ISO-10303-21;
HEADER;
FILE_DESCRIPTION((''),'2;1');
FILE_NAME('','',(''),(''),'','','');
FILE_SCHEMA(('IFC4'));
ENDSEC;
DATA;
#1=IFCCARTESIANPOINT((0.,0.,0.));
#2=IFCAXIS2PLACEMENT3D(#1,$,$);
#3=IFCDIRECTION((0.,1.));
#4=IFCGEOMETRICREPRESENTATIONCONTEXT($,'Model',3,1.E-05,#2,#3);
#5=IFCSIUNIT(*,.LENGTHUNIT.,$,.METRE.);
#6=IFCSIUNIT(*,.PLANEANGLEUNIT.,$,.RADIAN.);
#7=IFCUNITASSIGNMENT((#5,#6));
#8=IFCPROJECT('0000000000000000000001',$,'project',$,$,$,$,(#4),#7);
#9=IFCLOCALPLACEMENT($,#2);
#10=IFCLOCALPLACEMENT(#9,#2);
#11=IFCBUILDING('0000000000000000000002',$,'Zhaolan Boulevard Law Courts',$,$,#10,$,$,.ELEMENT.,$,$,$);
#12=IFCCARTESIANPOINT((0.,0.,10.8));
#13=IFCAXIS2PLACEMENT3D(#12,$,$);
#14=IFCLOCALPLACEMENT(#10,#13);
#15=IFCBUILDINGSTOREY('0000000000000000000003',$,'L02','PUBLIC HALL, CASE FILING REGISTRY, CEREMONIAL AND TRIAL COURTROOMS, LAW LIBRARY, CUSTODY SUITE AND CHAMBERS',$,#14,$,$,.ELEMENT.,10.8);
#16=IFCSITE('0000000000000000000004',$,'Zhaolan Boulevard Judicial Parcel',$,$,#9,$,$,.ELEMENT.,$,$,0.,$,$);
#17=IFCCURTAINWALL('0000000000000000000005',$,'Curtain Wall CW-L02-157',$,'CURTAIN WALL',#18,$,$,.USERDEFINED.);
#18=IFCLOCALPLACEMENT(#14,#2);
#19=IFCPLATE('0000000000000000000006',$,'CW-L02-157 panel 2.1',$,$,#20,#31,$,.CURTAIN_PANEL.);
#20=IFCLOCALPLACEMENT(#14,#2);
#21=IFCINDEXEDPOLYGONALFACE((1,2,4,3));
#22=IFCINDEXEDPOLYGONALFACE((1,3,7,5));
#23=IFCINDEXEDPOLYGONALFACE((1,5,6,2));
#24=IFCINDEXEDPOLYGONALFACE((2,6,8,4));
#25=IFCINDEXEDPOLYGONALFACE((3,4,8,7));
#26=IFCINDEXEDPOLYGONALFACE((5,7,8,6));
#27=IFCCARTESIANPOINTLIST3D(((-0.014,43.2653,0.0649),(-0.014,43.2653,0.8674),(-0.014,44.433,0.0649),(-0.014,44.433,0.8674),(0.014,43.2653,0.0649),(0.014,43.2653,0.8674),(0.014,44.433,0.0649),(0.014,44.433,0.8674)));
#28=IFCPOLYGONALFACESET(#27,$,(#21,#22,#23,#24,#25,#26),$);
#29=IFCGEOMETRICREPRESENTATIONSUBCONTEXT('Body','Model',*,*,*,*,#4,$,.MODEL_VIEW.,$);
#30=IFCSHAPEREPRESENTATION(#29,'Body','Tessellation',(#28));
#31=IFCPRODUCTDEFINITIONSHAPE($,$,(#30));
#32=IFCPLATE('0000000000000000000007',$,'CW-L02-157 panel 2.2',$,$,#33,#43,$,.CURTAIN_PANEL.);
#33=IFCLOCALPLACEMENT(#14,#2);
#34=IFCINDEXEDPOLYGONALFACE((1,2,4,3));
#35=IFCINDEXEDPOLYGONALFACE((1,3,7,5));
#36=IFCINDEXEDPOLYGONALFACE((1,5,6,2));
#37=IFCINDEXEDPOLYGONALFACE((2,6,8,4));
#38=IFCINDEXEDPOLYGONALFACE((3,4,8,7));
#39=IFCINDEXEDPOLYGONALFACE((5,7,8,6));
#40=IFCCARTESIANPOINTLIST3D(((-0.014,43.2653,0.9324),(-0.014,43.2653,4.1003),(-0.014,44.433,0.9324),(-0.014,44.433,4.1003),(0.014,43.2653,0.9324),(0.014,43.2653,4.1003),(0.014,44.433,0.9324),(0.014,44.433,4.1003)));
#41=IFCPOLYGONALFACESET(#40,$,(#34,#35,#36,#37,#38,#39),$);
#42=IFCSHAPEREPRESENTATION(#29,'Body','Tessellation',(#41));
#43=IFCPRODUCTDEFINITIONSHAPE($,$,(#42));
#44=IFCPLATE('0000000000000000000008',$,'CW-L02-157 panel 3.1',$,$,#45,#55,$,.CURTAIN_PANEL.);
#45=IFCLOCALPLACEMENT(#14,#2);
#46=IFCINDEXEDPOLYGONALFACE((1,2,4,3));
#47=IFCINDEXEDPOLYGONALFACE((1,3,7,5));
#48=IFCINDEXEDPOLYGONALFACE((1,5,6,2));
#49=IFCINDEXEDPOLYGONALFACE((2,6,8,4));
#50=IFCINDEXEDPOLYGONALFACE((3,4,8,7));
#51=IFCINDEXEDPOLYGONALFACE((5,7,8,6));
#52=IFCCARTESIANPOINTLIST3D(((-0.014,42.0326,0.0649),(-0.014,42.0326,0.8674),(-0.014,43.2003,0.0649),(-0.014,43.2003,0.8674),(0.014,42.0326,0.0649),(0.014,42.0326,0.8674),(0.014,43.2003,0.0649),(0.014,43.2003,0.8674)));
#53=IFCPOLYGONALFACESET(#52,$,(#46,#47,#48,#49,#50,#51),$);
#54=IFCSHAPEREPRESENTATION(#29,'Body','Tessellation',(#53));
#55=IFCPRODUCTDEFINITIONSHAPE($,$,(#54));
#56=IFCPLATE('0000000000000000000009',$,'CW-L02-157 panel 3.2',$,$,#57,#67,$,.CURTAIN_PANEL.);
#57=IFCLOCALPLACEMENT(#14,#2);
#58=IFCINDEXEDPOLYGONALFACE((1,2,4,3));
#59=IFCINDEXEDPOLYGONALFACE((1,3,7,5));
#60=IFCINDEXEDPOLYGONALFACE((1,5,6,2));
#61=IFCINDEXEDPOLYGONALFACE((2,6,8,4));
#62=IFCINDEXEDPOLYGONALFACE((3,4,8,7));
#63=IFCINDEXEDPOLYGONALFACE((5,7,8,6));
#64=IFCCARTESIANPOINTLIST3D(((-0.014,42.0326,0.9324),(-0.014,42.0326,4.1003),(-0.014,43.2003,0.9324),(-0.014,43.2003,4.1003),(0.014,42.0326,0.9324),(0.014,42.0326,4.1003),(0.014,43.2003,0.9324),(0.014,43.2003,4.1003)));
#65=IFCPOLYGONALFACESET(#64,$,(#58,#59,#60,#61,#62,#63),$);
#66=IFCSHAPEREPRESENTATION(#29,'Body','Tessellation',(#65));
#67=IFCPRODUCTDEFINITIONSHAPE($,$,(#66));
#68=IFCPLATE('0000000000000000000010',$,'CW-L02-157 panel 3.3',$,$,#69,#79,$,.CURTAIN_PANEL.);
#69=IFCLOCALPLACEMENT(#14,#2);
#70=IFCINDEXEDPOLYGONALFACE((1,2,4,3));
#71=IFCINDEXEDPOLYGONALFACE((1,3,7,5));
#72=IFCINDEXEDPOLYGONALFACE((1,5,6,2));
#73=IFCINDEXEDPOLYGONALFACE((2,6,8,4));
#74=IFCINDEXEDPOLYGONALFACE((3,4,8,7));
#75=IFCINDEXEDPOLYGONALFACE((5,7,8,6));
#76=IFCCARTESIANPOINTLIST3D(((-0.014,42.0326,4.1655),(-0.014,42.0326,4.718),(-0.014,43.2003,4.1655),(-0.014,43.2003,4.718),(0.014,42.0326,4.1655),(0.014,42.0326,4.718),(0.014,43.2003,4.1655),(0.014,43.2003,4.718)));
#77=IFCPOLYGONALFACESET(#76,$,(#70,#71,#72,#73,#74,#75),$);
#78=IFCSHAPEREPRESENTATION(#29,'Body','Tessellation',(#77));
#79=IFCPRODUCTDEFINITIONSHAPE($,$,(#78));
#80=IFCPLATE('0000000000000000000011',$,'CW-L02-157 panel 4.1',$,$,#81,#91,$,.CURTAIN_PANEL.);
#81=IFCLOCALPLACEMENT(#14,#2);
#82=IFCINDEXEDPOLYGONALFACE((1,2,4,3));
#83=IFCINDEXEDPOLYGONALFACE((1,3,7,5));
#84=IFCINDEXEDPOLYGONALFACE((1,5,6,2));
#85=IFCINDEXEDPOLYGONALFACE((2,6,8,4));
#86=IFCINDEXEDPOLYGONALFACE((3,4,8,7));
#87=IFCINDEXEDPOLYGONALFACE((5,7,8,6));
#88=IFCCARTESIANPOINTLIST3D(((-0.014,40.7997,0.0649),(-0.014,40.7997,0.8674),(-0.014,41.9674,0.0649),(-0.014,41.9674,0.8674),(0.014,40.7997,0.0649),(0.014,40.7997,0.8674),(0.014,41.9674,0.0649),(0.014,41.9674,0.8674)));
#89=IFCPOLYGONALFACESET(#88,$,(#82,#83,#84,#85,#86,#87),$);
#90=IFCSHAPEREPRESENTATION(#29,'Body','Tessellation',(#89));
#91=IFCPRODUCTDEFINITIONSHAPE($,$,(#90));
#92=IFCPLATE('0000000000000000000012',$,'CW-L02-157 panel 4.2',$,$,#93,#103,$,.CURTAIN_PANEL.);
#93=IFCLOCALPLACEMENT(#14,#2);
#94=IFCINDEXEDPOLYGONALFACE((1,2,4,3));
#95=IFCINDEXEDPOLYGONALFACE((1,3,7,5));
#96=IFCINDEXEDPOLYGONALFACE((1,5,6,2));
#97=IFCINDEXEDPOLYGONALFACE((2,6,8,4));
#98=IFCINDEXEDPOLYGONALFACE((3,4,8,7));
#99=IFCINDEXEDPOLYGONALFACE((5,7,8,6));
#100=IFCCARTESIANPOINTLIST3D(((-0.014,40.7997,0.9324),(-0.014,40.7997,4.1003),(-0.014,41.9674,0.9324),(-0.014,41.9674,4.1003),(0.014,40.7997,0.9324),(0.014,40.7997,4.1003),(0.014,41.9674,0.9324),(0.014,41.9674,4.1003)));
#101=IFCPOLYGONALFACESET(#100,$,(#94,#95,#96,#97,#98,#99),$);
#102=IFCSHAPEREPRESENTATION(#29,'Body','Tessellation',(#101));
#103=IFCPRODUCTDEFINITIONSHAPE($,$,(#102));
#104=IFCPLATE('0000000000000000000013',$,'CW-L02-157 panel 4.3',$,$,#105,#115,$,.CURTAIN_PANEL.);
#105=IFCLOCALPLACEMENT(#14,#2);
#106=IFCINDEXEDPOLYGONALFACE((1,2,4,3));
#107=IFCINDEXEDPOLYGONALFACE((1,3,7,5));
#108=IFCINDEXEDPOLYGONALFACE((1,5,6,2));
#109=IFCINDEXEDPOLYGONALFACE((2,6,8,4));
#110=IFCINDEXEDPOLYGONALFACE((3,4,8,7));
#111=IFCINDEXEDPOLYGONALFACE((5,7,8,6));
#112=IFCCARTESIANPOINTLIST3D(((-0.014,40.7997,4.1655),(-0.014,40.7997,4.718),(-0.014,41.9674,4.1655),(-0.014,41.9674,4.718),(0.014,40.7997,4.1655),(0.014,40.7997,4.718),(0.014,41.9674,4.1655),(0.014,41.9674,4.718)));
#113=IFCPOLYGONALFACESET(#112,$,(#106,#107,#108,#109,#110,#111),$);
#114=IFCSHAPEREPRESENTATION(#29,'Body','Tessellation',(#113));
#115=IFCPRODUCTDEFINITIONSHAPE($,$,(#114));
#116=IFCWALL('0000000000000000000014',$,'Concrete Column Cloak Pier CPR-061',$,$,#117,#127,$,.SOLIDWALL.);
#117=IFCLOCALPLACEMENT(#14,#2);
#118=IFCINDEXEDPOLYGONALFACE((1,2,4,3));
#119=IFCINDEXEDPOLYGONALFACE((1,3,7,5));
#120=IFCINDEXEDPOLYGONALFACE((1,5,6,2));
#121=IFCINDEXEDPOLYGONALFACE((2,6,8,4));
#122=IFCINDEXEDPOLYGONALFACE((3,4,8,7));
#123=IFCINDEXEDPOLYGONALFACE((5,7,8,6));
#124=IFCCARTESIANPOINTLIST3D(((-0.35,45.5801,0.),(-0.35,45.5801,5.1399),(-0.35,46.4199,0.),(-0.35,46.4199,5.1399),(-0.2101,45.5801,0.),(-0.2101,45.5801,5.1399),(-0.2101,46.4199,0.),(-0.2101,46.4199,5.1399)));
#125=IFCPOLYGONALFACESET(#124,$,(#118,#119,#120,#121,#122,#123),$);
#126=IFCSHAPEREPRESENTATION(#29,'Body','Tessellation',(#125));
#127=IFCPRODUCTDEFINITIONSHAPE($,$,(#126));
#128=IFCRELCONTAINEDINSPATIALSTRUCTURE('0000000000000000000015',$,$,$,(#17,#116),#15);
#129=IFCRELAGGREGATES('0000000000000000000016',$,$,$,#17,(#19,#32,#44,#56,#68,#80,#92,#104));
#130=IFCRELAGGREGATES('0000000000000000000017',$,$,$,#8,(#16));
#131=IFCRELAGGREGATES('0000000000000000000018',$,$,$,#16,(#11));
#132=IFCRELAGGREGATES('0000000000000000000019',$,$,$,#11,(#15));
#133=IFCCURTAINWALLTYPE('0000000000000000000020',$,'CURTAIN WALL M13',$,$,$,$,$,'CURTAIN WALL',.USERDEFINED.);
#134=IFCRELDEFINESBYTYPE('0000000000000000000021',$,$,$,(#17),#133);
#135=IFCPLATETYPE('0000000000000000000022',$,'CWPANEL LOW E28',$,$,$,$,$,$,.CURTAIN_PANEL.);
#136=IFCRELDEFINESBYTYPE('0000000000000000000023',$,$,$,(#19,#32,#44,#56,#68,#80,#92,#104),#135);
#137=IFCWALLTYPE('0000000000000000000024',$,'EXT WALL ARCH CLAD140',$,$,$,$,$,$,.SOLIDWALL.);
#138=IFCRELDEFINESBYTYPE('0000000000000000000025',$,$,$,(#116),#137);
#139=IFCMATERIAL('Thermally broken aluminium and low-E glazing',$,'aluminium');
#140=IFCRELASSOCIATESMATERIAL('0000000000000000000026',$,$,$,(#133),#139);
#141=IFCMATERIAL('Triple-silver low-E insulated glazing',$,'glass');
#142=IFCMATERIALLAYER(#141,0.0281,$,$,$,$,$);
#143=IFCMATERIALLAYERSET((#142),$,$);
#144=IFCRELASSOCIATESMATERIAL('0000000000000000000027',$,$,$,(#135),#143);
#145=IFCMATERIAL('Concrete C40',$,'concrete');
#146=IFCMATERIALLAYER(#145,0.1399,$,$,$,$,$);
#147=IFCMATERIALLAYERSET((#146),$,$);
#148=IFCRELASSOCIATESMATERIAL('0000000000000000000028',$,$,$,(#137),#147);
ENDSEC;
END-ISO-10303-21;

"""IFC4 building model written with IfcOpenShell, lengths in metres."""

from ifc_helpers import new_model, si_unit, direction, frame, frame_2d, origin, origin_2d, place, context, subcontext, project, spatial, rectangle, extrude, material, layer, layer_set, type_object, element, aggregate, save


model = new_model("IFC4")

# Units and contexts
model_context = context("Model", 3, precision=1e-05, world=origin(), true_north=direction((0.0, 1.0)))
body_context = subcontext(model_context, "Body", "Model", "MODEL_VIEW")
ifc_project = project(units=[si_unit("LENGTHUNIT", "METRE"), si_unit("PLANEANGLEUNIT", "RADIAN")], contexts=[model_context])

# Site, building, storey
site_placement = place(None, origin())
site = spatial("IfcSite", under=ifc_project, at=site_placement, Name="Zhaolan Boulevard Judicial Parcel", CompositionType="ELEMENT", RefElevation=0.0)
building_placement = place(site_placement, origin())
building = spatial("IfcBuilding", under=site, at=building_placement, Name="Zhaolan Boulevard Law Courts", CompositionType="ELEMENT")
storey_placement = place(building_placement, frame((0.0, 0.0, 10.8)))
storey = spatial("IfcBuildingStorey", under=building, at=storey_placement, Name="L02", Description="PUBLIC HALL, CASE FILING REGISTRY, CEREMONIAL AND TRIAL COURTROOMS, LAW LIBRARY, CUSTODY SUITE AND CHAMBERS", CompositionType="ELEMENT", Elevation=10.8)

# Curtain wall, plates
ifc_material_1 = material(Name="Thermally broken aluminium and low-E glazing", Category="aluminium")
curtain_wall_type = type_object("IfcCurtainWallType", Name="CURTAIN WALL M13", ElementType="CURTAIN WALL", PredefinedType="USERDEFINED", material=ifc_material_1)
curtain_wall_placement = place(storey_placement, origin())
curtain_wall = element("IfcCurtainWall", 1, at=curtain_wall_placement, inside=storey, type_object=curtain_wall_type, Name="Curtain Wall CW-L02-157", ObjectType="CURTAIN WALL", PredefinedType="USERDEFINED")
ifc_material_2 = material(Name="Triple-silver low-E insulated glazing", Category="glass")
ifc_layer_1 = layer(ifc_material_2, 0.0281)
ifc_layer_set_1 = layer_set([ifc_layer_1])
plate_type = type_object("IfcPlateType", Name="CWPANEL LOW E28", PredefinedType="CURTAIN_PANEL", material=ifc_layer_set_1)
plate_1_placement = place(storey_placement, frame((0.0, 43.8491, 0.0649), z_axis=(0.0, 0.0, 1.0), x_axis=(0.0, -1.0, 0.0)))
plate_1 = element("IfcPlate", 2, at=plate_1_placement, type_object=plate_type, Name="CW-L02-157 panel 2.1", PredefinedType="CURTAIN_PANEL", context=body_context, shape_type="SweptSolid", body=[
    extrude(rectangle(XDim=1.1677, YDim=0.0281, at=origin_2d()), origin(), (0.0, 0.0, 1.0), 0.8025),
])
plate_2_placement = place(storey_placement, frame((0.0, 43.8491, 0.9324), z_axis=(0.0, 0.0, 1.0), x_axis=(0.0, -1.0, 0.0)))
plate_2 = element("IfcPlate", 3, at=plate_2_placement, type_object=plate_type, Name="CW-L02-157 panel 2.2", PredefinedType="CURTAIN_PANEL", context=body_context, shape_type="SweptSolid", body=[
    extrude(rectangle(XDim=1.1677, YDim=0.0281, at=origin_2d()), origin(), (0.0, 0.0, 1.0), 3.168),
])
plate_3_placement = place(storey_placement, frame((0.0, 42.6165, 0.0649), z_axis=(0.0, 0.0, 1.0), x_axis=(0.0, -1.0, 0.0)))
plate_3 = element("IfcPlate", 4, at=plate_3_placement, type_object=plate_type, Name="CW-L02-157 panel 3.1", PredefinedType="CURTAIN_PANEL", context=body_context, shape_type="SweptSolid", body=[
    extrude(rectangle(XDim=1.1677, YDim=0.0281, at=origin_2d()), origin(), (0.0, 0.0, 1.0), 0.8025),
])
plate_4_placement = place(storey_placement, frame((0.0, 42.6165, 0.9324), z_axis=(0.0, 0.0, 1.0), x_axis=(0.0, -1.0, 0.0)))
plate_4 = element("IfcPlate", 5, at=plate_4_placement, type_object=plate_type, Name="CW-L02-157 panel 3.2", PredefinedType="CURTAIN_PANEL", context=body_context, shape_type="SweptSolid", body=[
    extrude(rectangle(XDim=1.1677, YDim=0.0281, at=origin_2d()), origin(), (0.0, 0.0, 1.0), 3.168),
])
plate_5_placement = place(storey_placement, frame((0.0, 42.6165, 4.1655), z_axis=(0.0, 0.0, 1.0), x_axis=(0.0, -1.0, 0.0)))
plate_5 = element("IfcPlate", 6, at=plate_5_placement, type_object=plate_type, Name="CW-L02-157 panel 3.3", PredefinedType="CURTAIN_PANEL", context=body_context, shape_type="SweptSolid", body=[
    extrude(rectangle(XDim=1.1677, YDim=0.0281, at=origin_2d()), origin(), (0.0, 0.0, 1.0), 0.5525),
])
plate_6_placement = place(storey_placement, frame((0.0, 41.3835, 0.0649), z_axis=(0.0, 0.0, 1.0), x_axis=(0.0, -1.0, 0.0)))
plate_6 = element("IfcPlate", 7, at=plate_6_placement, type_object=plate_type, Name="CW-L02-157 panel 4.1", PredefinedType="CURTAIN_PANEL", context=body_context, shape_type="SweptSolid", body=[
    extrude(rectangle(XDim=1.1677, YDim=0.0281, at=origin_2d()), origin(), (0.0, 0.0, 1.0), 0.8025),
])
plate_7_placement = place(storey_placement, frame((0.0, 41.3835, 0.9324), z_axis=(0.0, 0.0, 1.0), x_axis=(0.0, -1.0, 0.0)))
plate_7 = element("IfcPlate", 8, at=plate_7_placement, type_object=plate_type, Name="CW-L02-157 panel 4.2", PredefinedType="CURTAIN_PANEL", context=body_context, shape_type="SweptSolid", body=[
    extrude(rectangle(XDim=1.1677, YDim=0.0281, at=origin_2d()), origin(), (0.0, 0.0, 1.0), 3.168),
])
plate_8_placement = place(storey_placement, frame((0.0, 41.3835, 4.1655), z_axis=(0.0, 0.0, 1.0), x_axis=(0.0, -1.0, 0.0)))
plate_8 = element("IfcPlate", 9, at=plate_8_placement, type_object=plate_type, Name="CW-L02-157 panel 4.3", PredefinedType="CURTAIN_PANEL", context=body_context, shape_type="SweptSolid", body=[
    extrude(rectangle(XDim=1.1677, YDim=0.0281, at=origin_2d()), origin(), (0.0, 0.0, 1.0), 0.5525),
])
aggregate(curtain_wall, [plate_1, plate_2, plate_3, plate_4, plate_5, plate_6, plate_7, plate_8])

# Wall
ifc_material_3 = material(Name="Concrete C40", Category="concrete")
ifc_layer_2 = layer(ifc_material_3, 0.1399)
ifc_layer_set_2 = layer_set([ifc_layer_2])
wall_type = type_object("IfcWallType", Name="EXT WALL ARCH CLAD140", PredefinedType="SOLIDWALL", material=ifc_layer_set_2)
wall_placement = place(storey_placement, frame((-0.28, 45.5801, 0.0), z_axis=(0.0, 0.0, 1.0), x_axis=(0.0, 1.0, 0.0)))
element("IfcWall", 10, at=wall_placement, inside=storey, type_object=wall_type, Name="Concrete Column Cloak Pier CPR-061", PredefinedType="SOLIDWALL", context=body_context, shape_type="SweptSolid", body=[
    extrude(rectangle(XDim=0.8398, YDim=0.1399, at=frame_2d((0.4199, 0.0))), origin(), (0.0, 0.0, 1.0), 5.1399),
])

save(model, "model.ifc")
